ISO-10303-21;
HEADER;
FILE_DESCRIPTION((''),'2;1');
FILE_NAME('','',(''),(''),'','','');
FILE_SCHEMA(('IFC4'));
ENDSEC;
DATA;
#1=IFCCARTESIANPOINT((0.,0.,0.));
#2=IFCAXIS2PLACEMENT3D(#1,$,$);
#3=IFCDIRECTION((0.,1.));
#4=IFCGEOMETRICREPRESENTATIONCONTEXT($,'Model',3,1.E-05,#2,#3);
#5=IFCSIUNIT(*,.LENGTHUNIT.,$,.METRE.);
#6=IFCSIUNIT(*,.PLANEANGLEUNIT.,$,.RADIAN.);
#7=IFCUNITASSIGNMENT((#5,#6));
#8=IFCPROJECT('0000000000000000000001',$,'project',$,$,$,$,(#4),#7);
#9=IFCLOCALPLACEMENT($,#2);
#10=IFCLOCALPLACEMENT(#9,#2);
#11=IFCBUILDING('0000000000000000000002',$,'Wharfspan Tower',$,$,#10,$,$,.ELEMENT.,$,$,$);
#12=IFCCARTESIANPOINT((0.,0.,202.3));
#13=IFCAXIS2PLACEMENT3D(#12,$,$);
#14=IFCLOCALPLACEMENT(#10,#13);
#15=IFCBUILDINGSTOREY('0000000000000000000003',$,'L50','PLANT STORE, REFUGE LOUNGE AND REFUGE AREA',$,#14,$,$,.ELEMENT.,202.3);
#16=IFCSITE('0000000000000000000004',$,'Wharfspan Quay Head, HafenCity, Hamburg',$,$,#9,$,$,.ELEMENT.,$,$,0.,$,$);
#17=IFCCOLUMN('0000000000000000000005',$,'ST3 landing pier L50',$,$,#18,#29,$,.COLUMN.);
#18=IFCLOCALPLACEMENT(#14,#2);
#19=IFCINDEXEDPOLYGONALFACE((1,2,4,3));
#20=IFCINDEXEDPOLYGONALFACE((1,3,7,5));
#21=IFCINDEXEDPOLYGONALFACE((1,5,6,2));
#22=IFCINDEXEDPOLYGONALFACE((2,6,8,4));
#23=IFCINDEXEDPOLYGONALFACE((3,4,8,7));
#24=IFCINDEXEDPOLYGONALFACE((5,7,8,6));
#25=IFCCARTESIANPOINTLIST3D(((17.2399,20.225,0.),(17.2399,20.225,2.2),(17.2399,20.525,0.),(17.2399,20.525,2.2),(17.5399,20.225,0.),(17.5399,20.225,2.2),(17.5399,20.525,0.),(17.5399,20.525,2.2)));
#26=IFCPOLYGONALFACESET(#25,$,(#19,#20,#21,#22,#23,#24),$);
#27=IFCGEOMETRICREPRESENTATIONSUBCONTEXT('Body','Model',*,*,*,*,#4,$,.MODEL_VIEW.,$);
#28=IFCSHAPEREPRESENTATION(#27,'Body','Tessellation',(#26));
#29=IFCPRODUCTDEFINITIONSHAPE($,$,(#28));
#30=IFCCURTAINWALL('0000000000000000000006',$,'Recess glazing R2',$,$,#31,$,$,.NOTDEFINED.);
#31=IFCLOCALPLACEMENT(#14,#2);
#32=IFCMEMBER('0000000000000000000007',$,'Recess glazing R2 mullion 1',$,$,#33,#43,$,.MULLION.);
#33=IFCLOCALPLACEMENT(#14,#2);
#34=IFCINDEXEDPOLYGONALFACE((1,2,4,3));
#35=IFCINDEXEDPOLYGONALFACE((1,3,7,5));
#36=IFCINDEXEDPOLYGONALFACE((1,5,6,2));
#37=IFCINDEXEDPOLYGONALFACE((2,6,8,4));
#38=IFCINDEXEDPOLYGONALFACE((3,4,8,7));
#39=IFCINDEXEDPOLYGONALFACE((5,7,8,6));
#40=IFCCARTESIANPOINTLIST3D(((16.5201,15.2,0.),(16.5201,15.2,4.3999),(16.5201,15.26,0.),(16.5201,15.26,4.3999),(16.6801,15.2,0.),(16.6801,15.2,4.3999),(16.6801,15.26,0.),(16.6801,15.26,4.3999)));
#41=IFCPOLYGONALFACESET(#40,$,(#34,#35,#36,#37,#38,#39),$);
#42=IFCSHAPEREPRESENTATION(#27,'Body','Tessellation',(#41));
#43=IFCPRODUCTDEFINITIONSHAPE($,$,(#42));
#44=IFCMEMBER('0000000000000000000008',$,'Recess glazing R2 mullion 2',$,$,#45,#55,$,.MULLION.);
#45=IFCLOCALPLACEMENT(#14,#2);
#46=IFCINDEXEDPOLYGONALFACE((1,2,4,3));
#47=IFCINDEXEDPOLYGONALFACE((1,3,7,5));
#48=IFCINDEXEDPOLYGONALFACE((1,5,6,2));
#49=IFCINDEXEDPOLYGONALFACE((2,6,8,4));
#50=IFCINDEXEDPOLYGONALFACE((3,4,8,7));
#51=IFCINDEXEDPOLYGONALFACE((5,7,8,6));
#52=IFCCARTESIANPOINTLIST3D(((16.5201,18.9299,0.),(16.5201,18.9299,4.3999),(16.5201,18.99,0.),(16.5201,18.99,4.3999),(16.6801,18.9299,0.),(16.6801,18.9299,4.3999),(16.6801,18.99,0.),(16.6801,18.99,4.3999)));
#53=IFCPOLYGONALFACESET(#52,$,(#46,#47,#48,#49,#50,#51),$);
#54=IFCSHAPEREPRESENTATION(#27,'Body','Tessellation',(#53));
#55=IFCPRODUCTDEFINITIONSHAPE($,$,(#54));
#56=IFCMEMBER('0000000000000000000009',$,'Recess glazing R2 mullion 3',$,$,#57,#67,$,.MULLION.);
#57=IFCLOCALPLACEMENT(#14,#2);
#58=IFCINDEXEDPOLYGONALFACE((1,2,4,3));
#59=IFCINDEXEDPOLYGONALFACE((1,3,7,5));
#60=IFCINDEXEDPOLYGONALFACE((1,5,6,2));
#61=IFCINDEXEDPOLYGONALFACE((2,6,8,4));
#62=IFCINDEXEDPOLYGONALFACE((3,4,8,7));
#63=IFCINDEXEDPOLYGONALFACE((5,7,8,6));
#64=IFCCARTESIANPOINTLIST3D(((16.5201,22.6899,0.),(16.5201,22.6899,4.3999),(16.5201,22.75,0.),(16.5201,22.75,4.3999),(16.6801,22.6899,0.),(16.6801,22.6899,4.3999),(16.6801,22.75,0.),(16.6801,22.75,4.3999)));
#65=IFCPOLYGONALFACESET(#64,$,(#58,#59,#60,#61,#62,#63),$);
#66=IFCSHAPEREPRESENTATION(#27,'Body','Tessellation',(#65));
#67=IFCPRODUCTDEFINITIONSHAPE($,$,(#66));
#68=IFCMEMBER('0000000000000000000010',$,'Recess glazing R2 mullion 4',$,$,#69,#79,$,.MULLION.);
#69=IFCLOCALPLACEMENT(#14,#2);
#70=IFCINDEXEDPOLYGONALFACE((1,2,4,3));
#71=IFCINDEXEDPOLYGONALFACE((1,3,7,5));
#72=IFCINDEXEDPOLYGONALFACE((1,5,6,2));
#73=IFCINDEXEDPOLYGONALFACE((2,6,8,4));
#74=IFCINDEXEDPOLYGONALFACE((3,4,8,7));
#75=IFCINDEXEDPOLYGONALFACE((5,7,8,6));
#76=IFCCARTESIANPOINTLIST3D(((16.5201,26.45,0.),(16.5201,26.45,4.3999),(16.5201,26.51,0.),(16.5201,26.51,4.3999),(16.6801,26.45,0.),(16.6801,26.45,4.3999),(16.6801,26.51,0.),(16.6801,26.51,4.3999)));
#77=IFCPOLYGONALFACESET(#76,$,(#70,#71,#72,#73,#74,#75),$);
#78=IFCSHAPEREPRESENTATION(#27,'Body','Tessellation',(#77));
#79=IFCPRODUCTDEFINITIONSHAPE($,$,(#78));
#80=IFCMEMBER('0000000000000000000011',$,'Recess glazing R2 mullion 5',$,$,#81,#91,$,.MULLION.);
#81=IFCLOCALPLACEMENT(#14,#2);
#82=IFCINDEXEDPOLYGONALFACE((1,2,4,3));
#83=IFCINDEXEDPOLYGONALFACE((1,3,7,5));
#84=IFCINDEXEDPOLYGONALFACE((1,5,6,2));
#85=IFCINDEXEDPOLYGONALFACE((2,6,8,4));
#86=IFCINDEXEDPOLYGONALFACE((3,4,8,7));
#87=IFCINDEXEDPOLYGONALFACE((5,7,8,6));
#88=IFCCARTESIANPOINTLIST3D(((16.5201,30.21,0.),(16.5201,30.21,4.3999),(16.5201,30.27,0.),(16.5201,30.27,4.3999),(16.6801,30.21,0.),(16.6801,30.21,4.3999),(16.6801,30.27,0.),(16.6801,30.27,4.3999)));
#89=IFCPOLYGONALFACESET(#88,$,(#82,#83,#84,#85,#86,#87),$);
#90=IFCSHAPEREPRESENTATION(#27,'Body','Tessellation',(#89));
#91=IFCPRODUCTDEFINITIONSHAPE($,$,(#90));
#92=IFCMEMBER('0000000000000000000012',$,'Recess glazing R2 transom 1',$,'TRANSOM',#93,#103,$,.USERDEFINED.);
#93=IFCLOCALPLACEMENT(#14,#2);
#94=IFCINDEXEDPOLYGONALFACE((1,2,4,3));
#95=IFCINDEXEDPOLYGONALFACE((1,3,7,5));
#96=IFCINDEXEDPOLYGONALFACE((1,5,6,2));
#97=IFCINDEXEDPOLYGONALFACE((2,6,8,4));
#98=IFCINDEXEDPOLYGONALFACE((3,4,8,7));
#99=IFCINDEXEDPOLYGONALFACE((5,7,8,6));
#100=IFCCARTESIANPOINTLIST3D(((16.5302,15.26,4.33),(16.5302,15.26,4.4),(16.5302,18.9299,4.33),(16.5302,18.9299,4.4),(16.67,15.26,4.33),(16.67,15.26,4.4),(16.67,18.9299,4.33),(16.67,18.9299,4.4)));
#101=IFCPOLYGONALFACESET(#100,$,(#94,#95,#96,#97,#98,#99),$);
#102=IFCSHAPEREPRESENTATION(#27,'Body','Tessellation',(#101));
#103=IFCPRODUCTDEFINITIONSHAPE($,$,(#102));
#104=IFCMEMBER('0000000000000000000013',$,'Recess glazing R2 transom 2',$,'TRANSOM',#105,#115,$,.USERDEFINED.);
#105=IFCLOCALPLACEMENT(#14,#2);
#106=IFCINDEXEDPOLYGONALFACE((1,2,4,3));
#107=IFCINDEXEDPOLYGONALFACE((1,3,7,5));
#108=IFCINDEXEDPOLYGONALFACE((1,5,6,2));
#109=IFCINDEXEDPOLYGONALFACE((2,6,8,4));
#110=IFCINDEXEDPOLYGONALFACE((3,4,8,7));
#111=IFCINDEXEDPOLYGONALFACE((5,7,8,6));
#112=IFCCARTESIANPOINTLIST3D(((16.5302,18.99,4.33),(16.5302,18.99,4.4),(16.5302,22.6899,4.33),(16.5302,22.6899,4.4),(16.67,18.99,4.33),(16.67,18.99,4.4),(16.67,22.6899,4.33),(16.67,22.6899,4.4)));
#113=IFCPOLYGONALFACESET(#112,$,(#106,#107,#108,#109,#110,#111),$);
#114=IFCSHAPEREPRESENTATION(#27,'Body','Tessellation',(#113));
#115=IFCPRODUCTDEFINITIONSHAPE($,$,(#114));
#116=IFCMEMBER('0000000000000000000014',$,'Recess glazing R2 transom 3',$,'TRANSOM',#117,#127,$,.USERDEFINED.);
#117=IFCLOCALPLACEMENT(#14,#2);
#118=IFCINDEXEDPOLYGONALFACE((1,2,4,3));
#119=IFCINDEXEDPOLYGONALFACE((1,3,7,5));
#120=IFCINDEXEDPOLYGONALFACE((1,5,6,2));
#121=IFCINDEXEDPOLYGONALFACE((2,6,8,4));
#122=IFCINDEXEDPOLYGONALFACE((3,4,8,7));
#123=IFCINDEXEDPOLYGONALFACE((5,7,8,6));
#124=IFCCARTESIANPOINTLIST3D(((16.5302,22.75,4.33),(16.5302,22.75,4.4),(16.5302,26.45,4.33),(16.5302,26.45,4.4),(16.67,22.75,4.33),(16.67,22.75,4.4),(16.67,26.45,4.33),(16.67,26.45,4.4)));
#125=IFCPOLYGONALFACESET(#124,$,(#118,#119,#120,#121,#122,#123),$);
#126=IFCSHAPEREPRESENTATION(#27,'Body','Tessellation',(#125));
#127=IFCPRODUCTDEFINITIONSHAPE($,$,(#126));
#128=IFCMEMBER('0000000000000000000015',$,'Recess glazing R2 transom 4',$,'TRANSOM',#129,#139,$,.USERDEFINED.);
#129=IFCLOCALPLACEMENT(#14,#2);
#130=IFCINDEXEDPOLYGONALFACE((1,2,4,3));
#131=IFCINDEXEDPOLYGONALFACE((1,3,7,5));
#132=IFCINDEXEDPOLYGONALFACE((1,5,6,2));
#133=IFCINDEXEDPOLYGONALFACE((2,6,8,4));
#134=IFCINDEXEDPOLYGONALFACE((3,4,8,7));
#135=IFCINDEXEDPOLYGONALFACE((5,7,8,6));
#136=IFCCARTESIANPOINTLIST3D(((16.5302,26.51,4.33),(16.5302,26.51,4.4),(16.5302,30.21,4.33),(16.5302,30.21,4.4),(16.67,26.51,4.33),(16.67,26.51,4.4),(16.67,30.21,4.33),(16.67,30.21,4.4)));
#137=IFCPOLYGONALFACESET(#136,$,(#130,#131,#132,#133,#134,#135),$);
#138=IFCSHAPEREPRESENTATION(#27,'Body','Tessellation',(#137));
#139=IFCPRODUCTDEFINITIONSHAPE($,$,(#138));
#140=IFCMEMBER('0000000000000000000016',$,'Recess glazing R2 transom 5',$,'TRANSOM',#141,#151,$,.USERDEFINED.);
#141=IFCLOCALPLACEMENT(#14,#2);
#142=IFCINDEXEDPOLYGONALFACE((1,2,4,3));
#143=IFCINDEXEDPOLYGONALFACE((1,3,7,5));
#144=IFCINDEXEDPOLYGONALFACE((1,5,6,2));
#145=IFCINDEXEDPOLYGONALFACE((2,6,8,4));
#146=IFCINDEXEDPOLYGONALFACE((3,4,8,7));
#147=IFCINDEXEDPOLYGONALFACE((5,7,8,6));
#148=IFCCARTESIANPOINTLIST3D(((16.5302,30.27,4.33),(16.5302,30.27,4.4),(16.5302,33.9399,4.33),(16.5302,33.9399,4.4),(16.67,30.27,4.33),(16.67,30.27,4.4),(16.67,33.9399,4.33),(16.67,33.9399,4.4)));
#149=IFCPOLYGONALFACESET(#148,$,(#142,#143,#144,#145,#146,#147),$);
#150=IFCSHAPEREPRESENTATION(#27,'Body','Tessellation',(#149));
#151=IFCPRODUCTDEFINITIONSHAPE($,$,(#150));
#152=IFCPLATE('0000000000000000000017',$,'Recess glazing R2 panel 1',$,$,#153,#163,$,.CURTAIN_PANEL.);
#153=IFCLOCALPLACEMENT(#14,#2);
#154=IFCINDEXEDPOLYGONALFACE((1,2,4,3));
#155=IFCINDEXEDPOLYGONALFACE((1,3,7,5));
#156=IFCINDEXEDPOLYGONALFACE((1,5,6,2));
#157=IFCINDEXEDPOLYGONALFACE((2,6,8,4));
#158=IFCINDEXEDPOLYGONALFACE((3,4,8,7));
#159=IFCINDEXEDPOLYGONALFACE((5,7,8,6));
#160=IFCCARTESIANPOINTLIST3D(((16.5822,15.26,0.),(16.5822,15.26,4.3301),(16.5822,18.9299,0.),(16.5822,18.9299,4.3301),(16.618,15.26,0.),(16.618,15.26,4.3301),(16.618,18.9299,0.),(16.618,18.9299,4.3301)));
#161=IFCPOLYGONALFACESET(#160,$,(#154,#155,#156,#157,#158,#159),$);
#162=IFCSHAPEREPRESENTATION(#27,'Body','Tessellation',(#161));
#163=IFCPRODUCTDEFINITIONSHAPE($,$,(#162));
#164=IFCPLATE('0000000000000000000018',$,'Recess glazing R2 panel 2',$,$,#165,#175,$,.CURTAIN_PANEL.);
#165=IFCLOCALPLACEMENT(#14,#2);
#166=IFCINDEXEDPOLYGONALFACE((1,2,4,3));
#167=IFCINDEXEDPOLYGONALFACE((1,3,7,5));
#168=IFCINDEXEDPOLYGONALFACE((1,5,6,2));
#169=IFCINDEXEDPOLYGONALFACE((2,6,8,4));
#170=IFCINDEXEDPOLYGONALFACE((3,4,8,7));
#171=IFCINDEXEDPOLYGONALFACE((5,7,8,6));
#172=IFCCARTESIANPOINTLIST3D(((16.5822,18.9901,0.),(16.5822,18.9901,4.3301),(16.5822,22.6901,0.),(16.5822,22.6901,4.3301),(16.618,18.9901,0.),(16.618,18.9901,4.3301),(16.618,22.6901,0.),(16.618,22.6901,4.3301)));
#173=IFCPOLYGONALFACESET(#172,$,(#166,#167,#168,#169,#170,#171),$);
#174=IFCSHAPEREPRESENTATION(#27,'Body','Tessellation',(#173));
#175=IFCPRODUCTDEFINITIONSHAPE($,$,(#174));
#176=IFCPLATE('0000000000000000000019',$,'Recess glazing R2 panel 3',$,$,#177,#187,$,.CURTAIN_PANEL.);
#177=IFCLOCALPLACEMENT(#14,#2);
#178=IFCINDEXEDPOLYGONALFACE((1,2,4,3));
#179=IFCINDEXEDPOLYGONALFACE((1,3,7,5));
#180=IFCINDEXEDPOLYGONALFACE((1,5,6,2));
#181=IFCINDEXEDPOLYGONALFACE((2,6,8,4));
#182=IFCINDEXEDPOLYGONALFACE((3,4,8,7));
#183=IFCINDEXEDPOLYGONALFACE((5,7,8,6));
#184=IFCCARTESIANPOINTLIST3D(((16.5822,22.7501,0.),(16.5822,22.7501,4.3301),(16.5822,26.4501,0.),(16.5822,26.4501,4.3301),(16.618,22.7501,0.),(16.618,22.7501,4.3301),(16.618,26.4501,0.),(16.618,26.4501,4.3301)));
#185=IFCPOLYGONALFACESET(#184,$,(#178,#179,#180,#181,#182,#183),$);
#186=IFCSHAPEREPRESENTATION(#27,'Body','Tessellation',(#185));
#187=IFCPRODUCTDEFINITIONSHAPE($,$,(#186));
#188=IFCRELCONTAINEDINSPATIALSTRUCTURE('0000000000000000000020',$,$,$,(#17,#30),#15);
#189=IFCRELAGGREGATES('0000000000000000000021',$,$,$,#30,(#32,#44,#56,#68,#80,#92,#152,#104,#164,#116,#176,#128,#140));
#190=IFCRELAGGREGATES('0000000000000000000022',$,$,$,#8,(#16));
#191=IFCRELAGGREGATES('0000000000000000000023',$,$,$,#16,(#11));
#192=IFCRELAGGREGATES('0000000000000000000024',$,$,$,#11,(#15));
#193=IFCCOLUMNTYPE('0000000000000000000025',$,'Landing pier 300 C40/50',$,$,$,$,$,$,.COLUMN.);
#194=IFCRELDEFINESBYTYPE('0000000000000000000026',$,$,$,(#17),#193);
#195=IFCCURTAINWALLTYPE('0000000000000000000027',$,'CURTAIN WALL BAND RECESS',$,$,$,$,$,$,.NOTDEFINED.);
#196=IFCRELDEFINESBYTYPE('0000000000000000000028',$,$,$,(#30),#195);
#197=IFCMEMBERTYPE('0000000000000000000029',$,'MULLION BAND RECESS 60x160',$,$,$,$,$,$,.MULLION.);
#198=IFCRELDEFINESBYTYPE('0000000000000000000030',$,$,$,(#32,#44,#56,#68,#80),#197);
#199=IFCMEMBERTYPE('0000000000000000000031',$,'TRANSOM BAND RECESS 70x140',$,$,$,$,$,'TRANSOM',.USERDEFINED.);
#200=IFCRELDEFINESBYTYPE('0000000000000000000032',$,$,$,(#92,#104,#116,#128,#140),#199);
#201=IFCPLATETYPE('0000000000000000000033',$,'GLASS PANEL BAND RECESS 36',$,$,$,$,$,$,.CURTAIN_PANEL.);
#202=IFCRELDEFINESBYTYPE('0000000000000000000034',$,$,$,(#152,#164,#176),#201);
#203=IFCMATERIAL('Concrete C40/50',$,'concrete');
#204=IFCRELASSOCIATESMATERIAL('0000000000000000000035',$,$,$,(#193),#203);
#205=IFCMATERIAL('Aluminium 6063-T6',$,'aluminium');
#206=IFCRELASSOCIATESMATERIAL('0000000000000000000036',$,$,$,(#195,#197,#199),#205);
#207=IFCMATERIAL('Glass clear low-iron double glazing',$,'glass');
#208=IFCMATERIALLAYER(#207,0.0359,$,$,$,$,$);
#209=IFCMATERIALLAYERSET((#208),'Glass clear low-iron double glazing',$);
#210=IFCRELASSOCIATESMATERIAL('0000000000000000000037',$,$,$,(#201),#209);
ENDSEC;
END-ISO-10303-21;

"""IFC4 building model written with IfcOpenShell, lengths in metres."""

from ifc_helpers import new_model, si_unit, direction, frame, origin, origin_2d, place, context, subcontext, project, spatial, rectangle, extrude, material, layer, layer_set, material_profile, profile_set, type_object, element, aggregate, save


model = new_model("IFC4")

# Units and contexts
model_context = context("Model", 3, precision=1e-05, world=origin(), true_north=direction((0.0, 1.0)))
body_context = subcontext(model_context, "Body", "Model", "MODEL_VIEW")
ifc_project = project(units=[si_unit("LENGTHUNIT", "METRE"), si_unit("PLANEANGLEUNIT", "RADIAN")], contexts=[model_context])

# Site, building, storey
site_placement = place(None, origin())
site = spatial("IfcSite", under=ifc_project, at=site_placement, Name="Wharfspan Quay Head, HafenCity, Hamburg", CompositionType="ELEMENT", RefElevation=0.0)
building_placement = place(site_placement, origin())
building = spatial("IfcBuilding", under=site, at=building_placement, Name="Wharfspan Tower", CompositionType="ELEMENT")
storey_placement = place(building_placement, frame((0.0, 0.0, 202.3)))
storey = spatial("IfcBuildingStorey", under=building, at=storey_placement, Name="L50", Description="PLANT STORE, REFUGE LOUNGE AND REFUGE AREA", CompositionType="ELEMENT", Elevation=202.3)

# Column
ifc_material_1 = material(Name="Concrete C40/50", Category="concrete")
ifc_material_profile_1 = material_profile(ifc_material_1, rectangle(XDim=0.3, YDim=0.3, at=origin_2d()))
ifc_profile_set_1 = profile_set([ifc_material_profile_1], Name="Concrete C40/50")
column_type = type_object("IfcColumnType", Name="Landing pier 300 C40/50", PredefinedType="COLUMN", material=ifc_profile_set_1)
column_placement = place(storey_placement, frame((17.3899, 20.375, 0.0), z_axis=(0.0, 0.0, 1.0), x_axis=(1.0, 0.0, 0.0)))
element("IfcColumn", 1, at=column_placement, inside=storey, type_object=column_type, Name="ST3 landing pier L50", PredefinedType="COLUMN", context=body_context, shape_type="SweptSolid", body=[
    extrude(rectangle(XDim=0.3, YDim=0.3, at=origin_2d()), origin(), (0.0, 0.0, 1.0), 2.2),
])

# Curtain wall, members, plates
ifc_material_2 = material(Name="Aluminium 6063-T6", Category="aluminium")
curtain_wall_type = type_object("IfcCurtainWallType", Name="CURTAIN WALL BAND RECESS", PredefinedType="NOTDEFINED", material=ifc_material_2)
curtain_wall_placement = place(storey_placement, origin())
curtain_wall = element("IfcCurtainWall", 2, at=curtain_wall_placement, inside=storey, type_object=curtain_wall_type, Name="Recess glazing R2", PredefinedType="NOTDEFINED")
ifc_material_profile_2 = material_profile(ifc_material_2, rectangle(XDim=0.1599, YDim=0.0601, at=origin_2d()))
ifc_profile_set_2 = profile_set([ifc_material_profile_2], Name="Aluminium 6063-T6")
member_type_1 = type_object("IfcMemberType", Name="MULLION BAND RECESS 60x160", PredefinedType="MULLION", material=ifc_profile_set_2)
member_1_placement = place(storey_placement, frame((16.6001, 15.23, 0.0), z_axis=(0.0, 0.0, 1.0), x_axis=(-1.0, 0.0, 0.0)))
member_1 = element("IfcMember", 3, at=member_1_placement, type_object=member_type_1, Name="Recess glazing R2 mullion 1", PredefinedType="MULLION", context=body_context, shape_type="SweptSolid", body=[
    extrude(rectangle(XDim=0.1599, YDim=0.0601, at=origin_2d()), origin(), (0.0, 0.0, 1.0), 4.3999),
])
member_2_placement = place(storey_placement, frame((16.6001, 18.96, 0.0), z_axis=(0.0, 0.0, 1.0), x_axis=(-1.0, 0.0, 0.0)))
member_2 = element("IfcMember", 4, at=member_2_placement, type_object=member_type_1, Name="Recess glazing R2 mullion 2", PredefinedType="MULLION", context=body_context, shape_type="SweptSolid", body=[
    extrude(rectangle(XDim=0.1599, YDim=0.0601, at=origin_2d()), origin(), (0.0, 0.0, 1.0), 4.3999),
])
member_3_placement = place(storey_placement, frame((16.6001, 22.72, 0.0), z_axis=(0.0, 0.0, 1.0), x_axis=(-1.0, 0.0, 0.0)))
member_3 = element("IfcMember", 5, at=member_3_placement, type_object=member_type_1, Name="Recess glazing R2 mullion 3", PredefinedType="MULLION", context=body_context, shape_type="SweptSolid", body=[
    extrude(rectangle(XDim=0.1599, YDim=0.0601, at=origin_2d()), origin(), (0.0, 0.0, 1.0), 4.3999),
])
member_4_placement = place(storey_placement, frame((16.6001, 26.48, 0.0), z_axis=(0.0, 0.0, 1.0), x_axis=(-1.0, 0.0, 0.0)))
member_4 = element("IfcMember", 6, at=member_4_placement, type_object=member_type_1, Name="Recess glazing R2 mullion 4", PredefinedType="MULLION", context=body_context, shape_type="SweptSolid", body=[
    extrude(rectangle(XDim=0.1599, YDim=0.0601, at=origin_2d()), origin(), (0.0, 0.0, 1.0), 4.3999),
])
member_5_placement = place(storey_placement, frame((16.6001, 30.24, 0.0), z_axis=(0.0, 0.0, 1.0), x_axis=(-1.0, 0.0, 0.0)))
member_5 = element("IfcMember", 7, at=member_5_placement, type_object=member_type_1, Name="Recess glazing R2 mullion 5", PredefinedType="MULLION", context=body_context, shape_type="SweptSolid", body=[
    extrude(rectangle(XDim=0.1599, YDim=0.0601, at=origin_2d()), origin(), (0.0, 0.0, 1.0), 4.3999),
])
ifc_material_profile_3 = material_profile(ifc_material_2, rectangle(XDim=0.1399, YDim=0.0701, at=origin_2d()))
ifc_profile_set_3 = profile_set([ifc_material_profile_3], Name="Aluminium 6063-T6")
member_type_2 = type_object("IfcMemberType", Name="TRANSOM BAND RECESS 70x140", ElementType="TRANSOM", PredefinedType="USERDEFINED", material=ifc_profile_set_3)
member_6_placement = place(storey_placement, frame((16.6001, 15.26, 4.365), z_axis=(0.0, 1.0, 0.0), x_axis=(-1.0, 0.0, 0.0)))
member_6 = element("IfcMember", 8, at=member_6_placement, type_object=member_type_2, Name="Recess glazing R2 transom 1", ObjectType="TRANSOM", PredefinedType="USERDEFINED", context=body_context, shape_type="SweptSolid", body=[
    extrude(rectangle(XDim=0.1399, YDim=0.0701, at=origin_2d()), origin(), (0.0, 0.0, 1.0), 3.6699),
])
member_7_placement = place(storey_placement, frame((16.6001, 18.99, 4.365), z_axis=(0.0, 1.0, 0.0), x_axis=(-1.0, 0.0, 0.0)))
member_7 = element("IfcMember", 9, at=member_7_placement, type_object=member_type_2, Name="Recess glazing R2 transom 2", ObjectType="TRANSOM", PredefinedType="USERDEFINED", context=body_context, shape_type="SweptSolid", body=[
    extrude(rectangle(XDim=0.1399, YDim=0.0701, at=origin_2d()), origin(), (0.0, 0.0, 1.0), 3.7),
])
member_8_placement = place(storey_placement, frame((16.6001, 22.75, 4.365), z_axis=(0.0, 1.0, 0.0), x_axis=(-1.0, 0.0, 0.0)))
member_8 = element("IfcMember", 10, at=member_8_placement, type_object=member_type_2, Name="Recess glazing R2 transom 3", ObjectType="TRANSOM", PredefinedType="USERDEFINED", context=body_context, shape_type="SweptSolid", body=[
    extrude(rectangle(XDim=0.1399, YDim=0.0701, at=origin_2d()), origin(), (0.0, 0.0, 1.0), 3.7),
])
member_9_placement = place(storey_placement, frame((16.6001, 26.51, 4.365), z_axis=(0.0, 1.0, 0.0), x_axis=(-1.0, 0.0, 0.0)))
member_9 = element("IfcMember", 11, at=member_9_placement, type_object=member_type_2, Name="Recess glazing R2 transom 4", ObjectType="TRANSOM", PredefinedType="USERDEFINED", context=body_context, shape_type="SweptSolid", body=[
    extrude(rectangle(XDim=0.1399, YDim=0.0701, at=origin_2d()), origin(), (0.0, 0.0, 1.0), 3.7),
])
member_10_placement = place(storey_placement, frame((16.6001, 30.27, 4.365), z_axis=(0.0, 1.0, 0.0), x_axis=(-1.0, 0.0, 0.0)))
member_10 = element("IfcMember", 12, at=member_10_placement, type_object=member_type_2, Name="Recess glazing R2 transom 5", ObjectType="TRANSOM", PredefinedType="USERDEFINED", context=body_context, shape_type="SweptSolid", body=[
    extrude(rectangle(XDim=0.1399, YDim=0.0701, at=origin_2d()), origin(), (0.0, 0.0, 1.0), 3.6699),
])
ifc_material_3 = material(Name="Glass clear low-iron double glazing", Category="glass")
ifc_layer_1 = layer(ifc_material_3, 0.0359)
ifc_layer_set_1 = layer_set([ifc_layer_1], Name="Glass clear low-iron double glazing")
plate_type = type_object("IfcPlateType", Name="GLASS PANEL BAND RECESS 36", PredefinedType="CURTAIN_PANEL", material=ifc_layer_set_1)
plate_1_placement = place(storey_placement, frame((16.6001, 17.095, 0.0), z_axis=(0.0, 0.0, 1.0), x_axis=(0.0, 1.0, 0.0)))
plate_1 = element("IfcPlate", 13, at=plate_1_placement, type_object=plate_type, Name="Recess glazing R2 panel 1", PredefinedType="CURTAIN_PANEL", context=body_context, shape_type="SweptSolid", body=[
    extrude(rectangle(XDim=3.6699, YDim=0.0359, at=origin_2d()), origin(), (0.0, 0.0, 1.0), 4.3301),
])
plate_2_placement = place(storey_placement, frame((16.6001, 20.8401, 0.0), z_axis=(0.0, 0.0, 1.0), x_axis=(0.0, 1.0, 0.0)))
plate_2 = element("IfcPlate", 14, at=plate_2_placement, type_object=plate_type, Name="Recess glazing R2 panel 2", PredefinedType="CURTAIN_PANEL", context=body_context, shape_type="SweptSolid", body=[
    extrude(rectangle(XDim=3.7, YDim=0.0359, at=origin_2d()), origin(), (0.0, 0.0, 1.0), 4.3301),
])
plate_3_placement = place(storey_placement, frame((16.6001, 24.6001, 0.0), z_axis=(0.0, 0.0, 1.0), x_axis=(0.0, 1.0, 0.0)))
plate_3 = element("IfcPlate", 15, at=plate_3_placement, type_object=plate_type, Name="Recess glazing R2 panel 3", PredefinedType="CURTAIN_PANEL", context=body_context, shape_type="SweptSolid", body=[
    extrude(rectangle(XDim=3.7, YDim=0.0359, at=origin_2d()), origin(), (0.0, 0.0, 1.0), 4.3301),
])
aggregate(curtain_wall, [member_1, member_2, member_3, member_4, member_5, member_6, plate_1, member_7, plate_2, member_8, plate_3, member_9, member_10])

save(model, "model.ifc")
